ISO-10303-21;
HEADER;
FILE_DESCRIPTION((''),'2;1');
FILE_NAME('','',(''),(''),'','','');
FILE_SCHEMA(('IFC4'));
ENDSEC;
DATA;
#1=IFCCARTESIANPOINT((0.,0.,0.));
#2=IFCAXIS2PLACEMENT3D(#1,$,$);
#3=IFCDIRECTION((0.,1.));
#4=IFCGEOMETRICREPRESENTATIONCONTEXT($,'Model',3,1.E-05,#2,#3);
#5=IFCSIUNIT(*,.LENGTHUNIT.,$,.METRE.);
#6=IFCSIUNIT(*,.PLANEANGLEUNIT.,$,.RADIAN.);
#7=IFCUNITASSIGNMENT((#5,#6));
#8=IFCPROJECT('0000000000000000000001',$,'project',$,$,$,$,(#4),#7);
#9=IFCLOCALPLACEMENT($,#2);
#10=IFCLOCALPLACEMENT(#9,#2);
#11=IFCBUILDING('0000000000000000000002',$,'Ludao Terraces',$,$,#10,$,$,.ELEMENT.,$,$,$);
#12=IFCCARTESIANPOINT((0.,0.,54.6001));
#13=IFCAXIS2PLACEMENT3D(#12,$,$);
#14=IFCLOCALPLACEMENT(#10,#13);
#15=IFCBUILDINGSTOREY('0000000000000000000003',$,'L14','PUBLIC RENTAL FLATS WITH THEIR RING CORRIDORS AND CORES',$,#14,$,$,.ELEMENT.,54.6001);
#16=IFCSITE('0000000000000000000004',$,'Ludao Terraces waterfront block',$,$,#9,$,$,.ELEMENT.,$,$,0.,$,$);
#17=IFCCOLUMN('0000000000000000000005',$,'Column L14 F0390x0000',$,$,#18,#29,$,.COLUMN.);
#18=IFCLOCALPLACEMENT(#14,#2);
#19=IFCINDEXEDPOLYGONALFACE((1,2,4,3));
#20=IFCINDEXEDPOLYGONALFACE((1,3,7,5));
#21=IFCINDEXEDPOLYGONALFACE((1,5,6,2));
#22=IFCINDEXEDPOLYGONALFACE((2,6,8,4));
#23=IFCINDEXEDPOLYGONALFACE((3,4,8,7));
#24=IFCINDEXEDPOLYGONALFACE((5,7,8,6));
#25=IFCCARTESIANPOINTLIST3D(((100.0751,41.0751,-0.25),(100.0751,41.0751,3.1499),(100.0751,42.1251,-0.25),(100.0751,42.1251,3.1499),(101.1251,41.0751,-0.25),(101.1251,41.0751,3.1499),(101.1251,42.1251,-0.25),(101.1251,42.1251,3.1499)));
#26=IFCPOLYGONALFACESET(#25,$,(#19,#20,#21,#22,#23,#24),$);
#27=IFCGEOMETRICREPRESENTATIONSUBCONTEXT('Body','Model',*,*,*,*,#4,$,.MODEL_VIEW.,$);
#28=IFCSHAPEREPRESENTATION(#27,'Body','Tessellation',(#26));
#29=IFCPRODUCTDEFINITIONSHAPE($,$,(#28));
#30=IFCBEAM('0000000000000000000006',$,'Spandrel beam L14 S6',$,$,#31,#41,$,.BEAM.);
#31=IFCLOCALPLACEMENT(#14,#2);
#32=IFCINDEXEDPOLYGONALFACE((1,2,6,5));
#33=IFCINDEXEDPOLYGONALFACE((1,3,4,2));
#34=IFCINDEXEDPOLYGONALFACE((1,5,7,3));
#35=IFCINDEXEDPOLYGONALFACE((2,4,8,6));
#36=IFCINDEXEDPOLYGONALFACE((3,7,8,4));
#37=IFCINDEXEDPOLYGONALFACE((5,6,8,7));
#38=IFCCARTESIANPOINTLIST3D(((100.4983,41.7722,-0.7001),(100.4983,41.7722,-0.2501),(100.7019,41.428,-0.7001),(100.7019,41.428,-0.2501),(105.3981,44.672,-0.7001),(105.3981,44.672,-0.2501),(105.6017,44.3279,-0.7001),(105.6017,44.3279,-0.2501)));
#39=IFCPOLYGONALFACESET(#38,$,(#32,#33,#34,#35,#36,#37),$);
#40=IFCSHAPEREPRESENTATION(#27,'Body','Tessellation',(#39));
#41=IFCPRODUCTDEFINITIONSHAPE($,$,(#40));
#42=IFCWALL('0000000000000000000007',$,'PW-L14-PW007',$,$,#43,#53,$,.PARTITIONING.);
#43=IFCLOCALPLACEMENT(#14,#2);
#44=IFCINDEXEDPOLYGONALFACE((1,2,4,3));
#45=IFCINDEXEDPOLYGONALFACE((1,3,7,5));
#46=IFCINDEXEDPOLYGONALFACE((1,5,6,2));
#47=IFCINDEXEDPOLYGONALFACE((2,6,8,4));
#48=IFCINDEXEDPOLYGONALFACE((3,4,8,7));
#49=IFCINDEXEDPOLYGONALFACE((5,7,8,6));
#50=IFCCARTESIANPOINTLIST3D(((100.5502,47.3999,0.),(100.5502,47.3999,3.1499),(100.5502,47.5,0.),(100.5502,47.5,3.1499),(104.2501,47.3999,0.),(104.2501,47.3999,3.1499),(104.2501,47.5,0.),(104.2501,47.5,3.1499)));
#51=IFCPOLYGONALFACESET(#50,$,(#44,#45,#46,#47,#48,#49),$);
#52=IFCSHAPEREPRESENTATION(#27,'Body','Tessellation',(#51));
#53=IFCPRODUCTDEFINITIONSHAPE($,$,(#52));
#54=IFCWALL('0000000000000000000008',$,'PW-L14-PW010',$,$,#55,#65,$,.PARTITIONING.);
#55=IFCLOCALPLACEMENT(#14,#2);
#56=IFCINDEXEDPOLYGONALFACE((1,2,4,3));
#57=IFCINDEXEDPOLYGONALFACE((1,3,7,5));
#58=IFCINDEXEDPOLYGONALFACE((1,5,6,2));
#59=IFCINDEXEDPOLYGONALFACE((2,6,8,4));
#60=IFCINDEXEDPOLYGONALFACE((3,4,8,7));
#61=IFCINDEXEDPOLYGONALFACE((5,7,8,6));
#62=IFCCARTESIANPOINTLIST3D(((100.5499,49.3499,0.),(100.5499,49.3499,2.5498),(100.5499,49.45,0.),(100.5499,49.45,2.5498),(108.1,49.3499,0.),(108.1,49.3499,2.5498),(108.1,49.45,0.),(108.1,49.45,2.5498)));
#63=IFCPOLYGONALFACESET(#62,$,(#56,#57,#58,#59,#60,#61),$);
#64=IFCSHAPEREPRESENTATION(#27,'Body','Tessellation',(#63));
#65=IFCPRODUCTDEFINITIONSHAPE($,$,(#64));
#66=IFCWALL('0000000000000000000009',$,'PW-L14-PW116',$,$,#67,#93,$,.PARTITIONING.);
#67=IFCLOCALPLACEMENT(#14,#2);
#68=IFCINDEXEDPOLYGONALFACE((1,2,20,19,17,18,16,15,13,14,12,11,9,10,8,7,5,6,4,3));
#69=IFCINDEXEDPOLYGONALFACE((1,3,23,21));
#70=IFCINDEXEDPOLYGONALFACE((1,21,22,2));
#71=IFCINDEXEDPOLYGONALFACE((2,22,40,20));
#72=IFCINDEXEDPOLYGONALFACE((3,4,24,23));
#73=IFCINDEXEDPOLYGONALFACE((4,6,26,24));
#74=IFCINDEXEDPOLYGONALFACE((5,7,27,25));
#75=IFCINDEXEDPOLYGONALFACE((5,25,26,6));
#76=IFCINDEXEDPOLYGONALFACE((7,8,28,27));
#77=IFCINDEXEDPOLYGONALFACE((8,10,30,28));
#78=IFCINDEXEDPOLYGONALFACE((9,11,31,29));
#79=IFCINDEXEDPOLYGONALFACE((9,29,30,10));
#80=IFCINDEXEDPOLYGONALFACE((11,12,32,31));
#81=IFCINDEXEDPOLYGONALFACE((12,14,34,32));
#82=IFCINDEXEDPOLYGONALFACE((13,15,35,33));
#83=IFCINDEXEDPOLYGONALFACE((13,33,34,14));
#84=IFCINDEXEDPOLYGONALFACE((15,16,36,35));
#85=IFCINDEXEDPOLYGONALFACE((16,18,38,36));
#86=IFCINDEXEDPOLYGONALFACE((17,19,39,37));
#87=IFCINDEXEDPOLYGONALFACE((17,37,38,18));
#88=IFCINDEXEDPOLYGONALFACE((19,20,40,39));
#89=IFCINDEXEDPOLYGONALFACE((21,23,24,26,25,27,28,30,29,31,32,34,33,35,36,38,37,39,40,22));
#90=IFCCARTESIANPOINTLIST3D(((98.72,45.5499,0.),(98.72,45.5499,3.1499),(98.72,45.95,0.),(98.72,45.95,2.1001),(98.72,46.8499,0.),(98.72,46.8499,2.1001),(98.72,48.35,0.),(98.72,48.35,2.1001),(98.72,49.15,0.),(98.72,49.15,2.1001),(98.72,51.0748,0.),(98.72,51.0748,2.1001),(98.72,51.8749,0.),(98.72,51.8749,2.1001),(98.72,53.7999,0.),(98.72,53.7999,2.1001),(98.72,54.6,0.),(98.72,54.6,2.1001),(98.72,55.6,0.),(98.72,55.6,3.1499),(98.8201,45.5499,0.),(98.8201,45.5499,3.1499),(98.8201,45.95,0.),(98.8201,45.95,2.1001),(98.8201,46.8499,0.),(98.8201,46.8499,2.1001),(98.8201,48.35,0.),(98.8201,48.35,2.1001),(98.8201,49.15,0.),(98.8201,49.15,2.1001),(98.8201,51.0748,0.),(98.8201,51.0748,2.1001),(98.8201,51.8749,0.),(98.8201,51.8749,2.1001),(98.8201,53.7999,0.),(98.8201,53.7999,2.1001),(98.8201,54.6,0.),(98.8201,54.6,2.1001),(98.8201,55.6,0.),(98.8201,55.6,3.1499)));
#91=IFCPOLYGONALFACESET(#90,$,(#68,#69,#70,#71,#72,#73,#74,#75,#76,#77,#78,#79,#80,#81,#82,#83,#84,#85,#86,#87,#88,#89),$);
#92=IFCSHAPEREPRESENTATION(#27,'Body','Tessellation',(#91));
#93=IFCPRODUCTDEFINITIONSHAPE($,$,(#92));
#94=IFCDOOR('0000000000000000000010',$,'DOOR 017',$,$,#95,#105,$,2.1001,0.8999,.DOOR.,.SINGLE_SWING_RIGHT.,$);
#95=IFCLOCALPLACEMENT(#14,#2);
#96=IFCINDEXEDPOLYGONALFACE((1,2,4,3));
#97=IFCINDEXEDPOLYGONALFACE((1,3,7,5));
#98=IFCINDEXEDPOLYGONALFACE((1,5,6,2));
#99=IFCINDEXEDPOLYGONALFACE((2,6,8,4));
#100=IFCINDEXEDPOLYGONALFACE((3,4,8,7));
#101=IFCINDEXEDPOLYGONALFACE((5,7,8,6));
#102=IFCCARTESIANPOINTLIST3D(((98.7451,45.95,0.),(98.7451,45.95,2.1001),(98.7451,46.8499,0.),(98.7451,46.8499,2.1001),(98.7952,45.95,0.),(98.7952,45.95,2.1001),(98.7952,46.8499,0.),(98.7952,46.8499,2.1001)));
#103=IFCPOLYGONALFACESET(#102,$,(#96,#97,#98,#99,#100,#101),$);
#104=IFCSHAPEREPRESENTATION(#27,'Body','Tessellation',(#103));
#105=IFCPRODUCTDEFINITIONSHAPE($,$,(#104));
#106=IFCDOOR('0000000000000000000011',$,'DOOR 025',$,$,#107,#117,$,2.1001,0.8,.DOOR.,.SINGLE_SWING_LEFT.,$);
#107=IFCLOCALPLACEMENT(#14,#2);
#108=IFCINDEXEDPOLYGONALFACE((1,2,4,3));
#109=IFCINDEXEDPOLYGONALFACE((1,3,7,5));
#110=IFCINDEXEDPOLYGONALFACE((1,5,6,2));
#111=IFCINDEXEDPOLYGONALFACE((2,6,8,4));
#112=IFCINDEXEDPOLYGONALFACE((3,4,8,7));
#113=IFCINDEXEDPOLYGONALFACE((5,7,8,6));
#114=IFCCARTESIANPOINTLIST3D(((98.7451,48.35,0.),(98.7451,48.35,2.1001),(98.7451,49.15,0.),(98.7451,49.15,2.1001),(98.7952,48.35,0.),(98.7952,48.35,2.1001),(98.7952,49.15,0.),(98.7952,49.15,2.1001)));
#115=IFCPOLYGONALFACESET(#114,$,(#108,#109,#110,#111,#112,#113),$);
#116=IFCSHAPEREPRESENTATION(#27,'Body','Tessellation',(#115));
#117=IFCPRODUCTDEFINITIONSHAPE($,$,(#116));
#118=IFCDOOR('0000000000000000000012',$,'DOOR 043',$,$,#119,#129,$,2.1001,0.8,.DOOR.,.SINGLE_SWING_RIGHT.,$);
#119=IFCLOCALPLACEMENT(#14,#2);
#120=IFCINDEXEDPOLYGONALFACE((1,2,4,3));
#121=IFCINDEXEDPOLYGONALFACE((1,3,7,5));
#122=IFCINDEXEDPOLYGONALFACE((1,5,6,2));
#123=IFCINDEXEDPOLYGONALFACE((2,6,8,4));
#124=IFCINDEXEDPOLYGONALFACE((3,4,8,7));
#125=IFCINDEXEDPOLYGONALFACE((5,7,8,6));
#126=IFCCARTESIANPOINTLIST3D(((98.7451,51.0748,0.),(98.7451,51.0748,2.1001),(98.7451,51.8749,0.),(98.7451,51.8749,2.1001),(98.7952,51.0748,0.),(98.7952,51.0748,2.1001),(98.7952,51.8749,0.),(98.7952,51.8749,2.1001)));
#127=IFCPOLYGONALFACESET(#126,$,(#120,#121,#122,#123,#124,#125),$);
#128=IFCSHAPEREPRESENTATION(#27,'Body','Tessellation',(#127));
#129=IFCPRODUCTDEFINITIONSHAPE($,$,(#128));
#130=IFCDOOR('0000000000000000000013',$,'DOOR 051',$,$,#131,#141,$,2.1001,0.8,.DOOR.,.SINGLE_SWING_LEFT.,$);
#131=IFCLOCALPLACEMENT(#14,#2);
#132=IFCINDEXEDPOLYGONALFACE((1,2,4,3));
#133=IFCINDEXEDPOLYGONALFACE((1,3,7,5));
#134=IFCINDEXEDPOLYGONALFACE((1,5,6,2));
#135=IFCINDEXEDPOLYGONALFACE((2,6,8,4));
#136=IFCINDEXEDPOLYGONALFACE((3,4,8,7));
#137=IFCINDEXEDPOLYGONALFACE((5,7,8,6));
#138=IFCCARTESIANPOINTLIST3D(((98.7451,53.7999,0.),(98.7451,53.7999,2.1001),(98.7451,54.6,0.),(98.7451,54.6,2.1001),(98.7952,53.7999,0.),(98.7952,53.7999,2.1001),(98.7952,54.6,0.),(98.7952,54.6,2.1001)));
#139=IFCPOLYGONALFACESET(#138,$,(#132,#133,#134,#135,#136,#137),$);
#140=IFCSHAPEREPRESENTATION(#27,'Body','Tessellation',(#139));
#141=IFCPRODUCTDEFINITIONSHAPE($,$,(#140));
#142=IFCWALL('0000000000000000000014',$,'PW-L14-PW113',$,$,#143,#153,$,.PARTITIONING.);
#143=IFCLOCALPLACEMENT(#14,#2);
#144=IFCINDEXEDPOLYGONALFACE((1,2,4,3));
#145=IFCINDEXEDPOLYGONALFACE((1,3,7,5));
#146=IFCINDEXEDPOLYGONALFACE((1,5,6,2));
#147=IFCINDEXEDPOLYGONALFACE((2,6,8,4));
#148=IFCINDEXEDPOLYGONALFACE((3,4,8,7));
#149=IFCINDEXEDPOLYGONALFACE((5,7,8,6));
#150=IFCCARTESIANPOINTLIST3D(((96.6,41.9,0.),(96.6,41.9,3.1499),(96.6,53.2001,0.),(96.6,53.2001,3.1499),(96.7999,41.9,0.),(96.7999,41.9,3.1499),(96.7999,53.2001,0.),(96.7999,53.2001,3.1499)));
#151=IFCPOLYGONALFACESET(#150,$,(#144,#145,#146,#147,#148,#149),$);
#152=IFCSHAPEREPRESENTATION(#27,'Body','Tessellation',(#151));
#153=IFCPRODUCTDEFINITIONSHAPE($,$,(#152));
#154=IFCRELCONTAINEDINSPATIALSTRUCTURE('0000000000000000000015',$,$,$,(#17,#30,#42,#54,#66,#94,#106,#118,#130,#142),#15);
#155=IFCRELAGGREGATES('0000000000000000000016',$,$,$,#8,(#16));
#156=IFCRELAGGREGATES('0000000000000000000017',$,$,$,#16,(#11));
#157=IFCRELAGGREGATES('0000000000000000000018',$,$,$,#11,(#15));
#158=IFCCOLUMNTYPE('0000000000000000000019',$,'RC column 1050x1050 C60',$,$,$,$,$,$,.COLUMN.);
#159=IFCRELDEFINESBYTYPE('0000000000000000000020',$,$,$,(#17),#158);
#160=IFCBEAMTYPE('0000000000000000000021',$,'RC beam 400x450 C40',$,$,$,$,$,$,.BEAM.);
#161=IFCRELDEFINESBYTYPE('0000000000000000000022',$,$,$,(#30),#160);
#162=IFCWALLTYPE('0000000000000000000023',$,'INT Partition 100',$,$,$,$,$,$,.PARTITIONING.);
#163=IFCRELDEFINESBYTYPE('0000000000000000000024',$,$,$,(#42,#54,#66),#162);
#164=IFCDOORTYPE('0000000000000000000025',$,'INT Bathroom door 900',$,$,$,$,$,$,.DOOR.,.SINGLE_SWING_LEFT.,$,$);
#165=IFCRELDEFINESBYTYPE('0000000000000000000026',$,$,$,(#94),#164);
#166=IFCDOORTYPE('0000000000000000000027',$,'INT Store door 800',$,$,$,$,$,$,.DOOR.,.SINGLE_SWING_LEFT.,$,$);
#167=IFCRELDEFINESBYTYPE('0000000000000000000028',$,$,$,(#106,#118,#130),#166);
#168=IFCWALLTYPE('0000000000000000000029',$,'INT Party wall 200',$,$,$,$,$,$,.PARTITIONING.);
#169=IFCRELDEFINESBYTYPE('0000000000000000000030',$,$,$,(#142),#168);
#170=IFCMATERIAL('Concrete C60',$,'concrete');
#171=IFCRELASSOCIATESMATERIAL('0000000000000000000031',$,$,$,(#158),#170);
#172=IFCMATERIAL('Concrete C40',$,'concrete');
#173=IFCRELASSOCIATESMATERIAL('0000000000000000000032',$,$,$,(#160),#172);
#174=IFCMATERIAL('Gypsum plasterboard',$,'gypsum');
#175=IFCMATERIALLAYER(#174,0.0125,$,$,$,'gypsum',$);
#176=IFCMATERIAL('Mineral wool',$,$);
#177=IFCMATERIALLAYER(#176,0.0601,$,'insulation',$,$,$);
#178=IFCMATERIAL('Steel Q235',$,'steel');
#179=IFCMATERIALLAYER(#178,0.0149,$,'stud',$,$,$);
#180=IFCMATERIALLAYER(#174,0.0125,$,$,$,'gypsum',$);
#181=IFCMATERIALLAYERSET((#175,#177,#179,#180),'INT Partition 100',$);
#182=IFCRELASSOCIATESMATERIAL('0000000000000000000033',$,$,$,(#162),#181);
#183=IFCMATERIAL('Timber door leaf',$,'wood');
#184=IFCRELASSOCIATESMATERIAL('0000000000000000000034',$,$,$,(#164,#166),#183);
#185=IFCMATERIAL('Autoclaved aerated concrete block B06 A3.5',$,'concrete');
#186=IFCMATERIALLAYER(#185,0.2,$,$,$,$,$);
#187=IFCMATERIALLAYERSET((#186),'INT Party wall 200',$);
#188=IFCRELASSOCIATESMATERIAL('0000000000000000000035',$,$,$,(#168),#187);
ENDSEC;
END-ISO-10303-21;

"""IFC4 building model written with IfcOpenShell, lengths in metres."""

from ifc_helpers import new_model, si_unit, direction, frame, frame_2d, origin, origin_2d, place, context, subcontext, project, spatial, rectangle, extrude, material, layer, layer_set, material_profile, profile_set, type_object, element, fill, save


model = new_model("IFC4")

# Units and contexts
model_context = context("Model", 3, precision=1e-05, world=origin(), true_north=direction((0.0, 1.0)))
body_context = subcontext(model_context, "Body", "Model", "MODEL_VIEW")
ifc_project = project(units=[si_unit("LENGTHUNIT", "METRE"), si_unit("PLANEANGLEUNIT", "RADIAN")], contexts=[model_context])

# Site, building, storey
site_placement = place(None, origin())
site = spatial("IfcSite", under=ifc_project, at=site_placement, Name="Ludao Terraces waterfront block", CompositionType="ELEMENT", RefElevation=0.0)
building_placement = place(site_placement, origin())
building = spatial("IfcBuilding", under=site, at=building_placement, Name="Ludao Terraces", CompositionType="ELEMENT")
storey_placement = place(building_placement, frame((0.0, 0.0, 54.6001)))
storey = spatial("IfcBuildingStorey", under=building, at=storey_placement, Name="L14", Description="PUBLIC RENTAL FLATS WITH THEIR RING CORRIDORS AND CORES", CompositionType="ELEMENT", Elevation=54.6001)

# Column
ifc_material_1 = material(Name="Concrete C60", Category="concrete")
ifc_material_profile_1 = material_profile(ifc_material_1, rectangle(XDim=1.05, YDim=1.05, at=origin_2d()), Name="1050 X 1050")
ifc_profile_set_1 = profile_set([ifc_material_profile_1], Name="Concrete C60")
column_type = type_object("IfcColumnType", Name="RC column 1050x1050 C60", PredefinedType="COLUMN", material=ifc_profile_set_1)
column_placement = place(storey_placement, frame((100.6001, 41.6001, -0.25), z_axis=(0.0, 0.0, 1.0), x_axis=(1.0, 0.0, 0.0)))
element("IfcColumn", 1, at=column_placement, inside=storey, type_object=column_type, Name="Column L14 F0390x0000", PredefinedType="COLUMN", context=body_context, shape_type="SweptSolid", body=[
    extrude(rectangle(XDim=1.05, YDim=1.05, at=origin_2d()), origin(), (0.0, 0.0, 1.0), 3.3999),
])

# Beam
ifc_material_2 = material(Name="Concrete C40", Category="concrete")
ifc_material_profile_2 = material_profile(ifc_material_2, rectangle(XDim=0.3999, YDim=0.45, at=origin_2d()), Name="400 X 450")
ifc_profile_set_2 = profile_set([ifc_material_profile_2], Name="Concrete C40")
beam_type = type_object("IfcBeamType", Name="RC beam 400x450 C40", PredefinedType="BEAM", material=ifc_profile_set_2)
beam_placement = place(storey_placement, frame((100.6001, 41.6001, -0.4751), z_axis=(0.86058, 0.509316, 0.0), x_axis=(-0.509316, 0.86058, 0.0)))
element("IfcBeam", 2, at=beam_placement, inside=storey, type_object=beam_type, Name="Spandrel beam L14 S6", PredefinedType="BEAM", context=body_context, shape_type="SweptSolid", body=[
    extrude(rectangle(XDim=0.3999, YDim=0.45, at=origin_2d()), origin(), (0.0, 0.0, 1.0), 5.6936),
])

# Walls
ifc_material_3 = material(Name="Gypsum plasterboard", Category="gypsum")
ifc_layer_1 = layer(ifc_material_3, 0.0125, Category="gypsum")
ifc_material_4 = material(Name="Mineral wool")
ifc_layer_2 = layer(ifc_material_4, 0.0601, Name="insulation")
ifc_material_5 = material(Name="Steel Q235", Category="steel")
ifc_layer_3 = layer(ifc_material_5, 0.0149, Name="stud")
ifc_layer_4 = layer(ifc_material_3, 0.0125, Category="gypsum")
ifc_layer_set_1 = layer_set([ifc_layer_1, ifc_layer_2, ifc_layer_3, ifc_layer_4], Name="INT Partition 100")
wall_type_1 = type_object("IfcWallType", Name="INT Partition 100", PredefinedType="PARTITIONING", material=ifc_layer_set_1)
wall_1_placement = place(storey_placement, frame((100.55, 47.45, 0.0), z_axis=(0.0, 0.0, 1.0), x_axis=(1.0, 0.0, 0.0)))
element("IfcWall", 3, at=wall_1_placement, inside=storey, type_object=wall_type_1, Name="PW-L14-PW007", PredefinedType="PARTITIONING", context=body_context, shape_type="SweptSolid", body=[
    extrude(rectangle(XDim=3.7, YDim=0.1001, at=frame_2d((1.8501, 0.0))), origin(), (0.0, 0.0, 1.0), 3.1499),
])
wall_2_placement = place(storey_placement, frame((100.55, 49.3999, 0.0), z_axis=(0.0, 0.0, 1.0), x_axis=(1.0, 0.0, 0.0)))
element("IfcWall", 4, at=wall_2_placement, inside=storey, type_object=wall_type_1, Name="PW-L14-PW010", PredefinedType="PARTITIONING", context=body_context, shape_type="SweptSolid", body=[
    extrude(rectangle(XDim=7.55, YDim=0.1001, at=frame_2d((3.7749, 0.0))), origin(), (0.0, 0.0, 1.0), 2.5498),
])

# Wall, openings, doors
wall_3_placement = place(storey_placement, frame((98.77, 45.55, 0.0), z_axis=(0.0, 0.0, 1.0), x_axis=(0.0, 1.0, 0.0)))
wall_3 = element("IfcWall", 5, at=wall_3_placement, inside=storey, type_object=wall_type_1, Name="PW-L14-PW116", PredefinedType="PARTITIONING", context=body_context, shape_type="SweptSolid", body=[
    extrude(rectangle(XDim=10.05, YDim=0.1001, at=frame_2d((5.0249, 0.0))), origin(), (0.0, 0.0, 1.0), 3.1499),
])
opening_1_placement = place(wall_3_placement, frame((0.3999, 0.0, 0.0)))
opening_1 = element("IfcOpeningElement", 6, at=opening_1_placement, cuts=wall_3, PredefinedType="OPENING", context=body_context, shape_type="SweptSolid", body=[
    extrude(rectangle(XDim=0.8999, YDim=2.1001, at=frame_2d((0.45, 1.05))), frame((0.0, 0.0601, 0.0), z_axis=(0.0, -1.0, 0.0), x_axis=(1.0, 0.0, 0.0)), (0.0, 0.0, 1.0), 0.1201),
])
opening_2_placement = place(wall_3_placement, frame((2.8, 0.0, 0.0)))
opening_2 = element("IfcOpeningElement", 7, at=opening_2_placement, cuts=wall_3, PredefinedType="OPENING", context=body_context, shape_type="SweptSolid", body=[
    extrude(rectangle(XDim=0.8, YDim=2.1001, at=frame_2d((0.3999, 1.05))), frame((0.0, 0.0601, 0.0), z_axis=(0.0, -1.0, 0.0), x_axis=(1.0, 0.0, 0.0)), (0.0, 0.0, 1.0), 0.1201),
])
opening_3_placement = place(wall_3_placement, frame((5.5249, 0.0, 0.0)))
opening_3 = element("IfcOpeningElement", 8, at=opening_3_placement, cuts=wall_3, PredefinedType="OPENING", context=body_context, shape_type="SweptSolid", body=[
    extrude(rectangle(XDim=0.8, YDim=2.1001, at=frame_2d((0.3999, 1.05))), frame((0.0, 0.0601, 0.0), z_axis=(0.0, -1.0, 0.0), x_axis=(1.0, 0.0, 0.0)), (0.0, 0.0, 1.0), 0.1201),
])
opening_4_placement = place(wall_3_placement, frame((8.25, 0.0, 0.0)))
opening_4 = element("IfcOpeningElement", 9, at=opening_4_placement, cuts=wall_3, PredefinedType="OPENING", context=body_context, shape_type="SweptSolid", body=[
    extrude(rectangle(XDim=0.8, YDim=2.1001, at=frame_2d((0.3999, 1.05))), frame((0.0, 0.0601, 0.0), z_axis=(0.0, -1.0, 0.0), x_axis=(1.0, 0.0, 0.0)), (0.0, 0.0, 1.0), 0.1201),
])
ifc_material_6 = material(Name="Timber door leaf", Category="wood")
door_type_1 = type_object("IfcDoorType", Name="INT Bathroom door 900", OperationType="SINGLE_SWING_LEFT", PredefinedType="DOOR", material=ifc_material_6)
door_1_placement = place(opening_1_placement, origin())
door_1 = element("IfcDoor", 10, at=door_1_placement, inside=storey, type_object=door_type_1, Name="DOOR 017", OperationType="SINGLE_SWING_RIGHT", OverallHeight=2.1001, OverallWidth=0.8999, PredefinedType="DOOR", context=body_context, shape_type="SweptSolid", body=[
    extrude(rectangle(XDim=0.8999, YDim=2.1001, at=frame_2d((0.45, 1.05))), frame((0.0, 0.0249, 0.0), z_axis=(0.0, -1.0, 0.0), x_axis=(1.0, 0.0, 0.0)), (0.0, 0.0, 1.0), 0.05),
])
fill(opening_1, door_1)
door_type_2 = type_object("IfcDoorType", Name="INT Store door 800", OperationType="SINGLE_SWING_LEFT", PredefinedType="DOOR", material=ifc_material_6)
door_2_placement = place(opening_2_placement, origin())
door_2 = element("IfcDoor", 11, at=door_2_placement, inside=storey, type_object=door_type_2, Name="DOOR 025", OperationType="SINGLE_SWING_LEFT", OverallHeight=2.1001, OverallWidth=0.8, PredefinedType="DOOR", context=body_context, shape_type="SweptSolid", body=[
    extrude(rectangle(XDim=0.8, YDim=2.1001, at=frame_2d((0.3999, 1.05))), frame((0.0, 0.0249, 0.0), z_axis=(0.0, -1.0, 0.0), x_axis=(1.0, 0.0, 0.0)), (0.0, 0.0, 1.0), 0.05),
])
fill(opening_2, door_2)
door_3_placement = place(opening_3_placement, origin())
door_3 = element("IfcDoor", 12, at=door_3_placement, inside=storey, type_object=door_type_2, Name="DOOR 043", OperationType="SINGLE_SWING_RIGHT", OverallHeight=2.1001, OverallWidth=0.8, PredefinedType="DOOR", context=body_context, shape_type="SweptSolid", body=[
    extrude(rectangle(XDim=0.8, YDim=2.1001, at=frame_2d((0.3999, 1.05))), frame((0.0, 0.0249, 0.0), z_axis=(0.0, -1.0, 0.0), x_axis=(1.0, 0.0, 0.0)), (0.0, 0.0, 1.0), 0.05),
])
fill(opening_3, door_3)
door_4_placement = place(opening_4_placement, origin())
door_4 = element("IfcDoor", 13, at=door_4_placement, inside=storey, type_object=door_type_2, Name="DOOR 051", OperationType="SINGLE_SWING_LEFT", OverallHeight=2.1001, OverallWidth=0.8, PredefinedType="DOOR", context=body_context, shape_type="SweptSolid", body=[
    extrude(rectangle(XDim=0.8, YDim=2.1001, at=frame_2d((0.3999, 1.05))), frame((0.0, 0.0249, 0.0), z_axis=(0.0, -1.0, 0.0), x_axis=(1.0, 0.0, 0.0)), (0.0, 0.0, 1.0), 0.05),
])
fill(opening_4, door_4)

# Wall
ifc_material_7 = material(Name="Autoclaved aerated concrete block B06 A3.5", Category="concrete")
ifc_layer_5 = layer(ifc_material_7, 0.2)
ifc_layer_set_2 = layer_set([ifc_layer_5], Name="INT Party wall 200")
wall_type_2 = type_object("IfcWallType", Name="INT Party wall 200", PredefinedType="PARTITIONING", material=ifc_layer_set_2)
wall_4_placement = place(storey_placement, frame((96.7, 41.9001, 0.0), z_axis=(0.0, 0.0, 1.0), x_axis=(0.0, 1.0, 0.0)))
element("IfcWall", 14, at=wall_4_placement, inside=storey, type_object=wall_type_2, Name="PW-L14-PW113", PredefinedType="PARTITIONING", context=body_context, shape_type="SweptSolid", body=[
    extrude(rectangle(XDim=11.3, YDim=0.2, at=frame_2d((5.6499, 0.0))), origin(), (0.0, 0.0, 1.0), 3.1499),
])

save(model, "model.ifc")
